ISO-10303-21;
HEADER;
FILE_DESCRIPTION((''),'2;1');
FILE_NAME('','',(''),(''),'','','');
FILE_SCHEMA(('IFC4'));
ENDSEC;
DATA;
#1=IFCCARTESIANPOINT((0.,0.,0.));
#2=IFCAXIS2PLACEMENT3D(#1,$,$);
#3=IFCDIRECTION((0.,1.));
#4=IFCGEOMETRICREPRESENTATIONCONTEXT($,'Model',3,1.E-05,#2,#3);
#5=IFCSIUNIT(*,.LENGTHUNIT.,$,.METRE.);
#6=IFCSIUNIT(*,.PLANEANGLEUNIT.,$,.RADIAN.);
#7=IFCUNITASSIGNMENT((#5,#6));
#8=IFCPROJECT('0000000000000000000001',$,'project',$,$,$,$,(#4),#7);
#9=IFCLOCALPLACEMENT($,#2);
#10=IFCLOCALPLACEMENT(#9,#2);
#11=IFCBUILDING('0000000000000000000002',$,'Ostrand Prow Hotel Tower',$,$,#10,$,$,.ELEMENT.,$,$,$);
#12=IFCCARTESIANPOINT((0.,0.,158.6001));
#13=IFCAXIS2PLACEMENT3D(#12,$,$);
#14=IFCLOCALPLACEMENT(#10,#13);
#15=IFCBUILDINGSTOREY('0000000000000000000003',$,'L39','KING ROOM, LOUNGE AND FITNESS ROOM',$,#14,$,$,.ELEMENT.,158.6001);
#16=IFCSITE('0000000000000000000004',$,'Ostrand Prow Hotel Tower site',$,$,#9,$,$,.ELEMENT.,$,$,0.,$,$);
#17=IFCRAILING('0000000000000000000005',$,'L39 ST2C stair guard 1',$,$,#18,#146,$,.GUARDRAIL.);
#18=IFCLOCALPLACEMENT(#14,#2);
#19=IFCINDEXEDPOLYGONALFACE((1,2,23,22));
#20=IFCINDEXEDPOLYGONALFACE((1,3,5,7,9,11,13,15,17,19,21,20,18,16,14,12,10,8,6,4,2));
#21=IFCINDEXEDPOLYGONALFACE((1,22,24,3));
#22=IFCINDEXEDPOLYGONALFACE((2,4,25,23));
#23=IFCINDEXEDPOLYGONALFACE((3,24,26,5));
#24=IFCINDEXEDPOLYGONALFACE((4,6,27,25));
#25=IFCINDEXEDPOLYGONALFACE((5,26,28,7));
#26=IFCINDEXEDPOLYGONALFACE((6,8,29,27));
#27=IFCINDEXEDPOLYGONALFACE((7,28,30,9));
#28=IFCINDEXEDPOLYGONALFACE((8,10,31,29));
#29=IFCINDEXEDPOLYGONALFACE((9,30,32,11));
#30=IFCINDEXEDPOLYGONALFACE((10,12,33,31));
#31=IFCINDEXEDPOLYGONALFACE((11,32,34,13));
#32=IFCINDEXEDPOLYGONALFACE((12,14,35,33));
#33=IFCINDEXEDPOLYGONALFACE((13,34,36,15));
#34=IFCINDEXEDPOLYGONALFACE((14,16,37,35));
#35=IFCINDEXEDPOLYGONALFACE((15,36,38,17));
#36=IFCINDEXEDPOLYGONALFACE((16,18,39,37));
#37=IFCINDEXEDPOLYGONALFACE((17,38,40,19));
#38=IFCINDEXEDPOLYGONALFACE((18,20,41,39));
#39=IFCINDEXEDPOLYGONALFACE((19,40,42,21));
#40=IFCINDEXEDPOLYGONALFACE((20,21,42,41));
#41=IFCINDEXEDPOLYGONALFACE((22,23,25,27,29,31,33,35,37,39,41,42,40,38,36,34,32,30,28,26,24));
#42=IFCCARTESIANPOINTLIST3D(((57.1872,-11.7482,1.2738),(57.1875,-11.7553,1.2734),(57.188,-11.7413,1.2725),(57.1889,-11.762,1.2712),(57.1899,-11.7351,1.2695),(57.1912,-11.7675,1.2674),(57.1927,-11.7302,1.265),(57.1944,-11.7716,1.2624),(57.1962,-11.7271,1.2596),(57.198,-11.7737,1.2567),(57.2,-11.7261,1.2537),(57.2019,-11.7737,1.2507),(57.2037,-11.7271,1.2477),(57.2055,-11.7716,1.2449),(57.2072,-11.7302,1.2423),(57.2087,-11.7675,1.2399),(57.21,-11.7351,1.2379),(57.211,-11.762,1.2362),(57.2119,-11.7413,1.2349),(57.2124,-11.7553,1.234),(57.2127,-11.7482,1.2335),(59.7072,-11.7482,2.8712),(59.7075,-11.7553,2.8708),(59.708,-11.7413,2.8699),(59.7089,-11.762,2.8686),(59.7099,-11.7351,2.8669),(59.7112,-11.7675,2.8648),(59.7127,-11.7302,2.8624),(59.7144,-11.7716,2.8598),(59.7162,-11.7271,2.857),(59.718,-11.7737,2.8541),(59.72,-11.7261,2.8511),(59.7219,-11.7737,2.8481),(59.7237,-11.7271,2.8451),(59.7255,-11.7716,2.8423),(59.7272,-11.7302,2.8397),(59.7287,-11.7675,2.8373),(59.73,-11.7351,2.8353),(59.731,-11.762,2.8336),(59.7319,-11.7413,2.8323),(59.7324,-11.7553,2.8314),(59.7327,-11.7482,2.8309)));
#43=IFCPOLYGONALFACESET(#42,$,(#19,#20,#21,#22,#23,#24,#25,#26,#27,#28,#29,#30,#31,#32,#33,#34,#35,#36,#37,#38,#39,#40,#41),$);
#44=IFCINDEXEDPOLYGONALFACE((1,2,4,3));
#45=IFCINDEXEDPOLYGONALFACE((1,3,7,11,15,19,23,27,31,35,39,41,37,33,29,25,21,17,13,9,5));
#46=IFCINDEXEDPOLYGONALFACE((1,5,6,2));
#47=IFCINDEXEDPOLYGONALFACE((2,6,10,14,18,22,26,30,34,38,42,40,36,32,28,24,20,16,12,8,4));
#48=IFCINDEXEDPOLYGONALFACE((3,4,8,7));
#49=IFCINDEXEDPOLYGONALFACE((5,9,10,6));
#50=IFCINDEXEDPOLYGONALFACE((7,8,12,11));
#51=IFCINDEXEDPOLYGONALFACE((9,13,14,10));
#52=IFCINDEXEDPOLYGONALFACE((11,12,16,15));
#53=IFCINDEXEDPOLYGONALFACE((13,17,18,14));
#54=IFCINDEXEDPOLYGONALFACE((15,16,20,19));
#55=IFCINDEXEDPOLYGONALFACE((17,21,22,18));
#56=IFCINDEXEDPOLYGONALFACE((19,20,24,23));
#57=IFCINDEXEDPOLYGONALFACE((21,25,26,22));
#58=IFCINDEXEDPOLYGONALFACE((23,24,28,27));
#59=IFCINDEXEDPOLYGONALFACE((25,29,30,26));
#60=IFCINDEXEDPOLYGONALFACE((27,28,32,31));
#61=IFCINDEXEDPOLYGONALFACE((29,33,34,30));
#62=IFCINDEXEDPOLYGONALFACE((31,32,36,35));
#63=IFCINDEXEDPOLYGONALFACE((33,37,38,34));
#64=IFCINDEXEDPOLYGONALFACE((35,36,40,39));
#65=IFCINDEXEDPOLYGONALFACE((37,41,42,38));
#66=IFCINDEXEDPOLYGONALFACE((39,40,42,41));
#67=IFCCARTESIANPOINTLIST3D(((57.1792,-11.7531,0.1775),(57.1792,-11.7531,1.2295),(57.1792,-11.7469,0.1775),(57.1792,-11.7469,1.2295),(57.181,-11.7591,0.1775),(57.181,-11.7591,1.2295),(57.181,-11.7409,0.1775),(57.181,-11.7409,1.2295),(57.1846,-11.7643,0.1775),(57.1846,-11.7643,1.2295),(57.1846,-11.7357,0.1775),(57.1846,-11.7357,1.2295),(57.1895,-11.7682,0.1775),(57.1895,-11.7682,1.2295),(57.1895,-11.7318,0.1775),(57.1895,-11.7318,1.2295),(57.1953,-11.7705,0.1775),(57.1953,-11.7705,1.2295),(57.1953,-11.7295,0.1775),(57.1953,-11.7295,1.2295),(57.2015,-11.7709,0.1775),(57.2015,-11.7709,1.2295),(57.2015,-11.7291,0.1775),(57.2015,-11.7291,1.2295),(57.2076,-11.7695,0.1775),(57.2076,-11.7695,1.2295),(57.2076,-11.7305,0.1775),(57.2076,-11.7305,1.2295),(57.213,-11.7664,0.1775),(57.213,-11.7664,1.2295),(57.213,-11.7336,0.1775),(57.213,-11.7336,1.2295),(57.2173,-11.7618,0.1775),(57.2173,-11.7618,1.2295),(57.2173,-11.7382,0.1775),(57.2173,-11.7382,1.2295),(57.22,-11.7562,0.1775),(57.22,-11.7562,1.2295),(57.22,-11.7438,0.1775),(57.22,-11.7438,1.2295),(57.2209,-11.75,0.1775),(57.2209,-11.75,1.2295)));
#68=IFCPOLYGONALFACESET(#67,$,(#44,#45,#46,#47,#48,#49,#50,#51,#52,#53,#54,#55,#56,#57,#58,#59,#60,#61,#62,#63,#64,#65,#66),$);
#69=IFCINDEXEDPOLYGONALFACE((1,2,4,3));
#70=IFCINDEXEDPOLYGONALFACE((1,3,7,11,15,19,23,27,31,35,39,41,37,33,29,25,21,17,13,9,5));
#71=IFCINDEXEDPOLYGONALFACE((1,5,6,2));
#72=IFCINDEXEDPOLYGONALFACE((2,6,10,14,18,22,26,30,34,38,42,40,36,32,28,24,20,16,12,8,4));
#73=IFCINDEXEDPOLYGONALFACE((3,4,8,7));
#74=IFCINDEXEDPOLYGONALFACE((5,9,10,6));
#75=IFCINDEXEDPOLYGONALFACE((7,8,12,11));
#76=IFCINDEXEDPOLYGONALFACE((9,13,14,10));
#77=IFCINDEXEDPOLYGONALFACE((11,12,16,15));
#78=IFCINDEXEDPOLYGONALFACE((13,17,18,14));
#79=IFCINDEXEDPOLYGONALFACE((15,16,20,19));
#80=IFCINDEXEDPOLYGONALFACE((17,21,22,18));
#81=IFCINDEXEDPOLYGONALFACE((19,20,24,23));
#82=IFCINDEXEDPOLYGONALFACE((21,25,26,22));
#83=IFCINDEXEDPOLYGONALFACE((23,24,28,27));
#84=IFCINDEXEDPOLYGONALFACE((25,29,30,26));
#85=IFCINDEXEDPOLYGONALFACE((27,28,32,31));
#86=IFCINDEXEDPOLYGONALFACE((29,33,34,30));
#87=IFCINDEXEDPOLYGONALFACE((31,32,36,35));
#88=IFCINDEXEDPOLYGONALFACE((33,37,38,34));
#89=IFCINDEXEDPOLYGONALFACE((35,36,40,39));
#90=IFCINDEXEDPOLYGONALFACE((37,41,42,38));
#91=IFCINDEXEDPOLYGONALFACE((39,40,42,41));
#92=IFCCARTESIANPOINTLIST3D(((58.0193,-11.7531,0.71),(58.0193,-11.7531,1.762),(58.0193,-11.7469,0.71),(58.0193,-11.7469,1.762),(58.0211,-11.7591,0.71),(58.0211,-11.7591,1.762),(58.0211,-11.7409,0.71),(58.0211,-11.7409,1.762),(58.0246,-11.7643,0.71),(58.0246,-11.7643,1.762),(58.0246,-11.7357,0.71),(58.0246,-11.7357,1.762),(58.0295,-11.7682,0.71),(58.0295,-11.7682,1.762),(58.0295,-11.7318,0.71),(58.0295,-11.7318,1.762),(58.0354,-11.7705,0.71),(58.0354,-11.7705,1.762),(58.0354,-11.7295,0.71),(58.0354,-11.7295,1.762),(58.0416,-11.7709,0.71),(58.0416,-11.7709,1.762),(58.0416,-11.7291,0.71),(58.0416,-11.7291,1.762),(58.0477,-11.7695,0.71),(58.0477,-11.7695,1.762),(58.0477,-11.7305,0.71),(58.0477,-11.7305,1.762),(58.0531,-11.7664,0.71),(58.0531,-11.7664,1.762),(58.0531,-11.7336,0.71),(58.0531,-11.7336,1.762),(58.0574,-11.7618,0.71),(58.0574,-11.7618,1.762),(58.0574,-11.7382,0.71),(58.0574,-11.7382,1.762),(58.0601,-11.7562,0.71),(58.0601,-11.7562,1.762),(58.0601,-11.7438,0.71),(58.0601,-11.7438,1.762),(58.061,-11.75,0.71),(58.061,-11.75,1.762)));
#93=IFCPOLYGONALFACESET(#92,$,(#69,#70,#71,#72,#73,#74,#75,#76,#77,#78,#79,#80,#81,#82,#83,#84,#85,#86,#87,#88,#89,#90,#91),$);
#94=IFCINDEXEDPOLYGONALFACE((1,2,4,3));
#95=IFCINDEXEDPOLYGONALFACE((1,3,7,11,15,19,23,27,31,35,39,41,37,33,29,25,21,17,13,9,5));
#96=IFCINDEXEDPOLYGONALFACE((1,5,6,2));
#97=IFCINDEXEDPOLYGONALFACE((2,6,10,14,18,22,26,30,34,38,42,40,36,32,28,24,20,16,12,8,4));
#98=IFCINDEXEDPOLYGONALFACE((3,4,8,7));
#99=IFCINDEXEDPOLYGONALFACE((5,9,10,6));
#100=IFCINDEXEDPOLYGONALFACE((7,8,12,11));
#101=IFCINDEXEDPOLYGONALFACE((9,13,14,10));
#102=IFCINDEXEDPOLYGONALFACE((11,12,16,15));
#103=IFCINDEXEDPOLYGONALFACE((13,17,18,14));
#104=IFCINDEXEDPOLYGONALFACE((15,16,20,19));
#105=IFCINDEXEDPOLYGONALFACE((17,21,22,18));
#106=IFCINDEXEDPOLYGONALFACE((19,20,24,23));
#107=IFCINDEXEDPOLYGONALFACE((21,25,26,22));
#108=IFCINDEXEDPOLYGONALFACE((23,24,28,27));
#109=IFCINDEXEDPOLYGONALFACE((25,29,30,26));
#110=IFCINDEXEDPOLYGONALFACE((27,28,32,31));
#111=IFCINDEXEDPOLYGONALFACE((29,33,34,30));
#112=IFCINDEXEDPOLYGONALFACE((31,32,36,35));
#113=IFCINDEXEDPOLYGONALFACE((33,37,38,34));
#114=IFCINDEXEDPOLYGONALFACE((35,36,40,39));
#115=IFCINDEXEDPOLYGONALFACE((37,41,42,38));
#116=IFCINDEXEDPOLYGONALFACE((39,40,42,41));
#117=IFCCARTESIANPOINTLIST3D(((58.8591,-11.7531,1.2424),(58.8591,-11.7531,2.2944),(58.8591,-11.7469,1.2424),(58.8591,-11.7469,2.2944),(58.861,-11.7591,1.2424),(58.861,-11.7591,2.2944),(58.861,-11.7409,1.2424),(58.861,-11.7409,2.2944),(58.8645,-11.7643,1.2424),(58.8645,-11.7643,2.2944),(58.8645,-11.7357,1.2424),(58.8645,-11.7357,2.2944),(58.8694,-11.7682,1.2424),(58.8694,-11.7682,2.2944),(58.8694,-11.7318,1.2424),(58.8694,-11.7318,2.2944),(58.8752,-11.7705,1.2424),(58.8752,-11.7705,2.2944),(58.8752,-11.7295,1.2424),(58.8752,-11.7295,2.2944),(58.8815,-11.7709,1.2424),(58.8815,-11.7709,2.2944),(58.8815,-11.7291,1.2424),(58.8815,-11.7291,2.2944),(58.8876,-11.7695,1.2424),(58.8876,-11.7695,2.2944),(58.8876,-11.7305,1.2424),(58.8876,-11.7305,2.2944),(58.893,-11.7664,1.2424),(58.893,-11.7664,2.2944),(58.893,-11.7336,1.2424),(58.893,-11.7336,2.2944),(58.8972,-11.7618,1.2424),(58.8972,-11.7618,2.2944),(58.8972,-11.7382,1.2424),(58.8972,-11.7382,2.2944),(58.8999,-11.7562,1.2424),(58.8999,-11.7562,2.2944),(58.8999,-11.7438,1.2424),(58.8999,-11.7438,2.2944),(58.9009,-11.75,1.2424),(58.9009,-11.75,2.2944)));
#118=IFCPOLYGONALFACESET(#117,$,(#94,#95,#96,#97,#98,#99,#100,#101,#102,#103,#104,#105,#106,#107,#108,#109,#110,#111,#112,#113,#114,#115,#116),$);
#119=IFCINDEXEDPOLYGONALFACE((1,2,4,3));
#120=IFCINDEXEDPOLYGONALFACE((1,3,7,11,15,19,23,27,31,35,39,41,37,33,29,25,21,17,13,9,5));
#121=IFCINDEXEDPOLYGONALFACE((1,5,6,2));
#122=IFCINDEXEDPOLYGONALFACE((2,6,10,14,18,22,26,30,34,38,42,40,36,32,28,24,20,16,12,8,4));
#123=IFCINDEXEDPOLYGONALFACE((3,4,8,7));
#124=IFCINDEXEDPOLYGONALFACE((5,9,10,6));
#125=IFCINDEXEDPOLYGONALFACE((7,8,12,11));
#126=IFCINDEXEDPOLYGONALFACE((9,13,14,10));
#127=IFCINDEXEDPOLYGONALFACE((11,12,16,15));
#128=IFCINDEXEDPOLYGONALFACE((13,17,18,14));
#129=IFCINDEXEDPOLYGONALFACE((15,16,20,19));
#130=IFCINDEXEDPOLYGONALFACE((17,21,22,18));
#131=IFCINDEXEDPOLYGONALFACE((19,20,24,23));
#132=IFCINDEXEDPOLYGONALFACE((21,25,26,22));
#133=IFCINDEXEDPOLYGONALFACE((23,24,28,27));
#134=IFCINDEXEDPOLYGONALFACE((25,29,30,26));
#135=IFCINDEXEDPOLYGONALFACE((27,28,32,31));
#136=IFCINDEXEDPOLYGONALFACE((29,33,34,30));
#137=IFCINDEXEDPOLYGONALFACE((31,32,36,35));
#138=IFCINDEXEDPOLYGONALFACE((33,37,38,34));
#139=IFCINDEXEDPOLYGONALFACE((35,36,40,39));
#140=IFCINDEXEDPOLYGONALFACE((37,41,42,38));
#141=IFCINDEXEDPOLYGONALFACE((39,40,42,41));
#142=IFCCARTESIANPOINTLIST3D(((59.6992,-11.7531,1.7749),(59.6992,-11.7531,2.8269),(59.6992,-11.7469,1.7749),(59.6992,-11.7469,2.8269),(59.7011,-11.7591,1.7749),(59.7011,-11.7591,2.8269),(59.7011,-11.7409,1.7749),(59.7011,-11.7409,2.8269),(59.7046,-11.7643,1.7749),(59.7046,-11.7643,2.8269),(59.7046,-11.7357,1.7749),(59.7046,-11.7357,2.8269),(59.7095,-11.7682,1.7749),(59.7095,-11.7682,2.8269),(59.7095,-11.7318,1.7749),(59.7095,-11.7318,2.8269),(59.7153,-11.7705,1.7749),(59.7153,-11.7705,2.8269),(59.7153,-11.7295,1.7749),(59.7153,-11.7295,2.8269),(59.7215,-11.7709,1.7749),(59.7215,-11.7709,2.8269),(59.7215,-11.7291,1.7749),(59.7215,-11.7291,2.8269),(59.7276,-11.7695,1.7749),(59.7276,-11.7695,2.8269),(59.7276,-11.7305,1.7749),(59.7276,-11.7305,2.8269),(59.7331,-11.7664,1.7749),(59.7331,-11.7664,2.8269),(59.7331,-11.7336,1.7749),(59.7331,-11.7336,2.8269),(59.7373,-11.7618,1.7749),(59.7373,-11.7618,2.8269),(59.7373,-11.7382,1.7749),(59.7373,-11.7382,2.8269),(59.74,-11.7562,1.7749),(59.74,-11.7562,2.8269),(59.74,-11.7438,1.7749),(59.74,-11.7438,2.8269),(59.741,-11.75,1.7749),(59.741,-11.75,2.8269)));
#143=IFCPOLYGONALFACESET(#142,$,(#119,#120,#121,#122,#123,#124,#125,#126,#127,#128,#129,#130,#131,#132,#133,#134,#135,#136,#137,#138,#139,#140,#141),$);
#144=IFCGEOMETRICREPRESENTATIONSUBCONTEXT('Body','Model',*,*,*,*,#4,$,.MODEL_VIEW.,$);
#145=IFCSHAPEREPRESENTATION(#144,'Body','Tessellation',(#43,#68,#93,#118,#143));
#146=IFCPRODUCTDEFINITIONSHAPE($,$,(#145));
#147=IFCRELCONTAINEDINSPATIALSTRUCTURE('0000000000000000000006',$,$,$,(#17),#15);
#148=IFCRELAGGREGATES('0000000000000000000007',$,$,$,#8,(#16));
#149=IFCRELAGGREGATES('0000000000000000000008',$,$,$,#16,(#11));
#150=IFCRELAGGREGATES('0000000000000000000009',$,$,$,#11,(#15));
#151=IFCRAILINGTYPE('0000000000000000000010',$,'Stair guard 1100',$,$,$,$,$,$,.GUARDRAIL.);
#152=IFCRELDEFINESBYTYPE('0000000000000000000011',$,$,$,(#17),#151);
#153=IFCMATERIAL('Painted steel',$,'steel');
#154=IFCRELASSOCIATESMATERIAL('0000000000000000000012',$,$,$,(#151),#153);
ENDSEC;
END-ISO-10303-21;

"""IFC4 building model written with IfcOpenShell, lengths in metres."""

from ifc_helpers import new_model, si_unit, direction, frame, origin, origin_2d, place, context, subcontext, project, spatial, circle, extrude, material, type_object, element, save


model = new_model("IFC4")

# Units and contexts
model_context = context("Model", 3, precision=1e-05, world=origin(), true_north=direction((0.0, 1.0)))
body_context = subcontext(model_context, "Body", "Model", "MODEL_VIEW")
ifc_project = project(units=[si_unit("LENGTHUNIT", "METRE"), si_unit("PLANEANGLEUNIT", "RADIAN")], contexts=[model_context])

# Site, building, storey
site_placement = place(None, origin())
site = spatial("IfcSite", under=ifc_project, at=site_placement, Name="Ostrand Prow Hotel Tower site", CompositionType="ELEMENT", RefElevation=0.0)
building_placement = place(site_placement, origin())
building = spatial("IfcBuilding", under=site, at=building_placement, Name="Ostrand Prow Hotel Tower", CompositionType="ELEMENT")
storey_placement = place(building_placement, frame((0.0, 0.0, 158.6001)))
storey = spatial("IfcBuildingStorey", under=building, at=storey_placement, Name="L39", Description="KING ROOM, LOUNGE AND FITNESS ROOM", CompositionType="ELEMENT", Elevation=158.6001)

# Railing
ifc_material_1 = material(Name="Painted steel", Category="steel")
railing_type_1 = type_object("IfcRailingType", Name="Stair guard 1100", PredefinedType="GUARDRAIL", material=ifc_material_1)
railing_1_placement = place(storey_placement, frame((57.2, -11.75, 0.1775)))
element("IfcRailing", 1, at=railing_1_placement, inside=storey, type_object=railing_type_1, Name="L39 ST2C stair guard 1", PredefinedType="GUARDRAIL", context=body_context, shape_type="SweptSolid", body=[
    extrude(circle(Radius=0.0239, at=origin_2d()), frame((0.0, 0.0, 1.0762), z_axis=(0.844607, 0.0, 0.535387), x_axis=(0.0, 1.0, 0.0)), (0.0, 0.0, 1.0), 2.9836),
    extrude(circle(Radius=0.021, at=origin_2d()), origin(), (0.0, 0.0, 1.0), 1.052),
    extrude(circle(Radius=0.021, at=origin_2d()), frame((0.8401, 0.0, 0.5325)), (0.0, 0.0, 1.0), 1.052),
    extrude(circle(Radius=0.021, at=origin_2d()), frame((1.6799, 0.0, 1.0649)), (0.0, 0.0, 1.0), 1.052),
    extrude(circle(Radius=0.021, at=origin_2d()), frame((2.52, 0.0, 1.5974)), (0.0, 0.0, 1.0), 1.052),
])

save(model, "model.ifc")
